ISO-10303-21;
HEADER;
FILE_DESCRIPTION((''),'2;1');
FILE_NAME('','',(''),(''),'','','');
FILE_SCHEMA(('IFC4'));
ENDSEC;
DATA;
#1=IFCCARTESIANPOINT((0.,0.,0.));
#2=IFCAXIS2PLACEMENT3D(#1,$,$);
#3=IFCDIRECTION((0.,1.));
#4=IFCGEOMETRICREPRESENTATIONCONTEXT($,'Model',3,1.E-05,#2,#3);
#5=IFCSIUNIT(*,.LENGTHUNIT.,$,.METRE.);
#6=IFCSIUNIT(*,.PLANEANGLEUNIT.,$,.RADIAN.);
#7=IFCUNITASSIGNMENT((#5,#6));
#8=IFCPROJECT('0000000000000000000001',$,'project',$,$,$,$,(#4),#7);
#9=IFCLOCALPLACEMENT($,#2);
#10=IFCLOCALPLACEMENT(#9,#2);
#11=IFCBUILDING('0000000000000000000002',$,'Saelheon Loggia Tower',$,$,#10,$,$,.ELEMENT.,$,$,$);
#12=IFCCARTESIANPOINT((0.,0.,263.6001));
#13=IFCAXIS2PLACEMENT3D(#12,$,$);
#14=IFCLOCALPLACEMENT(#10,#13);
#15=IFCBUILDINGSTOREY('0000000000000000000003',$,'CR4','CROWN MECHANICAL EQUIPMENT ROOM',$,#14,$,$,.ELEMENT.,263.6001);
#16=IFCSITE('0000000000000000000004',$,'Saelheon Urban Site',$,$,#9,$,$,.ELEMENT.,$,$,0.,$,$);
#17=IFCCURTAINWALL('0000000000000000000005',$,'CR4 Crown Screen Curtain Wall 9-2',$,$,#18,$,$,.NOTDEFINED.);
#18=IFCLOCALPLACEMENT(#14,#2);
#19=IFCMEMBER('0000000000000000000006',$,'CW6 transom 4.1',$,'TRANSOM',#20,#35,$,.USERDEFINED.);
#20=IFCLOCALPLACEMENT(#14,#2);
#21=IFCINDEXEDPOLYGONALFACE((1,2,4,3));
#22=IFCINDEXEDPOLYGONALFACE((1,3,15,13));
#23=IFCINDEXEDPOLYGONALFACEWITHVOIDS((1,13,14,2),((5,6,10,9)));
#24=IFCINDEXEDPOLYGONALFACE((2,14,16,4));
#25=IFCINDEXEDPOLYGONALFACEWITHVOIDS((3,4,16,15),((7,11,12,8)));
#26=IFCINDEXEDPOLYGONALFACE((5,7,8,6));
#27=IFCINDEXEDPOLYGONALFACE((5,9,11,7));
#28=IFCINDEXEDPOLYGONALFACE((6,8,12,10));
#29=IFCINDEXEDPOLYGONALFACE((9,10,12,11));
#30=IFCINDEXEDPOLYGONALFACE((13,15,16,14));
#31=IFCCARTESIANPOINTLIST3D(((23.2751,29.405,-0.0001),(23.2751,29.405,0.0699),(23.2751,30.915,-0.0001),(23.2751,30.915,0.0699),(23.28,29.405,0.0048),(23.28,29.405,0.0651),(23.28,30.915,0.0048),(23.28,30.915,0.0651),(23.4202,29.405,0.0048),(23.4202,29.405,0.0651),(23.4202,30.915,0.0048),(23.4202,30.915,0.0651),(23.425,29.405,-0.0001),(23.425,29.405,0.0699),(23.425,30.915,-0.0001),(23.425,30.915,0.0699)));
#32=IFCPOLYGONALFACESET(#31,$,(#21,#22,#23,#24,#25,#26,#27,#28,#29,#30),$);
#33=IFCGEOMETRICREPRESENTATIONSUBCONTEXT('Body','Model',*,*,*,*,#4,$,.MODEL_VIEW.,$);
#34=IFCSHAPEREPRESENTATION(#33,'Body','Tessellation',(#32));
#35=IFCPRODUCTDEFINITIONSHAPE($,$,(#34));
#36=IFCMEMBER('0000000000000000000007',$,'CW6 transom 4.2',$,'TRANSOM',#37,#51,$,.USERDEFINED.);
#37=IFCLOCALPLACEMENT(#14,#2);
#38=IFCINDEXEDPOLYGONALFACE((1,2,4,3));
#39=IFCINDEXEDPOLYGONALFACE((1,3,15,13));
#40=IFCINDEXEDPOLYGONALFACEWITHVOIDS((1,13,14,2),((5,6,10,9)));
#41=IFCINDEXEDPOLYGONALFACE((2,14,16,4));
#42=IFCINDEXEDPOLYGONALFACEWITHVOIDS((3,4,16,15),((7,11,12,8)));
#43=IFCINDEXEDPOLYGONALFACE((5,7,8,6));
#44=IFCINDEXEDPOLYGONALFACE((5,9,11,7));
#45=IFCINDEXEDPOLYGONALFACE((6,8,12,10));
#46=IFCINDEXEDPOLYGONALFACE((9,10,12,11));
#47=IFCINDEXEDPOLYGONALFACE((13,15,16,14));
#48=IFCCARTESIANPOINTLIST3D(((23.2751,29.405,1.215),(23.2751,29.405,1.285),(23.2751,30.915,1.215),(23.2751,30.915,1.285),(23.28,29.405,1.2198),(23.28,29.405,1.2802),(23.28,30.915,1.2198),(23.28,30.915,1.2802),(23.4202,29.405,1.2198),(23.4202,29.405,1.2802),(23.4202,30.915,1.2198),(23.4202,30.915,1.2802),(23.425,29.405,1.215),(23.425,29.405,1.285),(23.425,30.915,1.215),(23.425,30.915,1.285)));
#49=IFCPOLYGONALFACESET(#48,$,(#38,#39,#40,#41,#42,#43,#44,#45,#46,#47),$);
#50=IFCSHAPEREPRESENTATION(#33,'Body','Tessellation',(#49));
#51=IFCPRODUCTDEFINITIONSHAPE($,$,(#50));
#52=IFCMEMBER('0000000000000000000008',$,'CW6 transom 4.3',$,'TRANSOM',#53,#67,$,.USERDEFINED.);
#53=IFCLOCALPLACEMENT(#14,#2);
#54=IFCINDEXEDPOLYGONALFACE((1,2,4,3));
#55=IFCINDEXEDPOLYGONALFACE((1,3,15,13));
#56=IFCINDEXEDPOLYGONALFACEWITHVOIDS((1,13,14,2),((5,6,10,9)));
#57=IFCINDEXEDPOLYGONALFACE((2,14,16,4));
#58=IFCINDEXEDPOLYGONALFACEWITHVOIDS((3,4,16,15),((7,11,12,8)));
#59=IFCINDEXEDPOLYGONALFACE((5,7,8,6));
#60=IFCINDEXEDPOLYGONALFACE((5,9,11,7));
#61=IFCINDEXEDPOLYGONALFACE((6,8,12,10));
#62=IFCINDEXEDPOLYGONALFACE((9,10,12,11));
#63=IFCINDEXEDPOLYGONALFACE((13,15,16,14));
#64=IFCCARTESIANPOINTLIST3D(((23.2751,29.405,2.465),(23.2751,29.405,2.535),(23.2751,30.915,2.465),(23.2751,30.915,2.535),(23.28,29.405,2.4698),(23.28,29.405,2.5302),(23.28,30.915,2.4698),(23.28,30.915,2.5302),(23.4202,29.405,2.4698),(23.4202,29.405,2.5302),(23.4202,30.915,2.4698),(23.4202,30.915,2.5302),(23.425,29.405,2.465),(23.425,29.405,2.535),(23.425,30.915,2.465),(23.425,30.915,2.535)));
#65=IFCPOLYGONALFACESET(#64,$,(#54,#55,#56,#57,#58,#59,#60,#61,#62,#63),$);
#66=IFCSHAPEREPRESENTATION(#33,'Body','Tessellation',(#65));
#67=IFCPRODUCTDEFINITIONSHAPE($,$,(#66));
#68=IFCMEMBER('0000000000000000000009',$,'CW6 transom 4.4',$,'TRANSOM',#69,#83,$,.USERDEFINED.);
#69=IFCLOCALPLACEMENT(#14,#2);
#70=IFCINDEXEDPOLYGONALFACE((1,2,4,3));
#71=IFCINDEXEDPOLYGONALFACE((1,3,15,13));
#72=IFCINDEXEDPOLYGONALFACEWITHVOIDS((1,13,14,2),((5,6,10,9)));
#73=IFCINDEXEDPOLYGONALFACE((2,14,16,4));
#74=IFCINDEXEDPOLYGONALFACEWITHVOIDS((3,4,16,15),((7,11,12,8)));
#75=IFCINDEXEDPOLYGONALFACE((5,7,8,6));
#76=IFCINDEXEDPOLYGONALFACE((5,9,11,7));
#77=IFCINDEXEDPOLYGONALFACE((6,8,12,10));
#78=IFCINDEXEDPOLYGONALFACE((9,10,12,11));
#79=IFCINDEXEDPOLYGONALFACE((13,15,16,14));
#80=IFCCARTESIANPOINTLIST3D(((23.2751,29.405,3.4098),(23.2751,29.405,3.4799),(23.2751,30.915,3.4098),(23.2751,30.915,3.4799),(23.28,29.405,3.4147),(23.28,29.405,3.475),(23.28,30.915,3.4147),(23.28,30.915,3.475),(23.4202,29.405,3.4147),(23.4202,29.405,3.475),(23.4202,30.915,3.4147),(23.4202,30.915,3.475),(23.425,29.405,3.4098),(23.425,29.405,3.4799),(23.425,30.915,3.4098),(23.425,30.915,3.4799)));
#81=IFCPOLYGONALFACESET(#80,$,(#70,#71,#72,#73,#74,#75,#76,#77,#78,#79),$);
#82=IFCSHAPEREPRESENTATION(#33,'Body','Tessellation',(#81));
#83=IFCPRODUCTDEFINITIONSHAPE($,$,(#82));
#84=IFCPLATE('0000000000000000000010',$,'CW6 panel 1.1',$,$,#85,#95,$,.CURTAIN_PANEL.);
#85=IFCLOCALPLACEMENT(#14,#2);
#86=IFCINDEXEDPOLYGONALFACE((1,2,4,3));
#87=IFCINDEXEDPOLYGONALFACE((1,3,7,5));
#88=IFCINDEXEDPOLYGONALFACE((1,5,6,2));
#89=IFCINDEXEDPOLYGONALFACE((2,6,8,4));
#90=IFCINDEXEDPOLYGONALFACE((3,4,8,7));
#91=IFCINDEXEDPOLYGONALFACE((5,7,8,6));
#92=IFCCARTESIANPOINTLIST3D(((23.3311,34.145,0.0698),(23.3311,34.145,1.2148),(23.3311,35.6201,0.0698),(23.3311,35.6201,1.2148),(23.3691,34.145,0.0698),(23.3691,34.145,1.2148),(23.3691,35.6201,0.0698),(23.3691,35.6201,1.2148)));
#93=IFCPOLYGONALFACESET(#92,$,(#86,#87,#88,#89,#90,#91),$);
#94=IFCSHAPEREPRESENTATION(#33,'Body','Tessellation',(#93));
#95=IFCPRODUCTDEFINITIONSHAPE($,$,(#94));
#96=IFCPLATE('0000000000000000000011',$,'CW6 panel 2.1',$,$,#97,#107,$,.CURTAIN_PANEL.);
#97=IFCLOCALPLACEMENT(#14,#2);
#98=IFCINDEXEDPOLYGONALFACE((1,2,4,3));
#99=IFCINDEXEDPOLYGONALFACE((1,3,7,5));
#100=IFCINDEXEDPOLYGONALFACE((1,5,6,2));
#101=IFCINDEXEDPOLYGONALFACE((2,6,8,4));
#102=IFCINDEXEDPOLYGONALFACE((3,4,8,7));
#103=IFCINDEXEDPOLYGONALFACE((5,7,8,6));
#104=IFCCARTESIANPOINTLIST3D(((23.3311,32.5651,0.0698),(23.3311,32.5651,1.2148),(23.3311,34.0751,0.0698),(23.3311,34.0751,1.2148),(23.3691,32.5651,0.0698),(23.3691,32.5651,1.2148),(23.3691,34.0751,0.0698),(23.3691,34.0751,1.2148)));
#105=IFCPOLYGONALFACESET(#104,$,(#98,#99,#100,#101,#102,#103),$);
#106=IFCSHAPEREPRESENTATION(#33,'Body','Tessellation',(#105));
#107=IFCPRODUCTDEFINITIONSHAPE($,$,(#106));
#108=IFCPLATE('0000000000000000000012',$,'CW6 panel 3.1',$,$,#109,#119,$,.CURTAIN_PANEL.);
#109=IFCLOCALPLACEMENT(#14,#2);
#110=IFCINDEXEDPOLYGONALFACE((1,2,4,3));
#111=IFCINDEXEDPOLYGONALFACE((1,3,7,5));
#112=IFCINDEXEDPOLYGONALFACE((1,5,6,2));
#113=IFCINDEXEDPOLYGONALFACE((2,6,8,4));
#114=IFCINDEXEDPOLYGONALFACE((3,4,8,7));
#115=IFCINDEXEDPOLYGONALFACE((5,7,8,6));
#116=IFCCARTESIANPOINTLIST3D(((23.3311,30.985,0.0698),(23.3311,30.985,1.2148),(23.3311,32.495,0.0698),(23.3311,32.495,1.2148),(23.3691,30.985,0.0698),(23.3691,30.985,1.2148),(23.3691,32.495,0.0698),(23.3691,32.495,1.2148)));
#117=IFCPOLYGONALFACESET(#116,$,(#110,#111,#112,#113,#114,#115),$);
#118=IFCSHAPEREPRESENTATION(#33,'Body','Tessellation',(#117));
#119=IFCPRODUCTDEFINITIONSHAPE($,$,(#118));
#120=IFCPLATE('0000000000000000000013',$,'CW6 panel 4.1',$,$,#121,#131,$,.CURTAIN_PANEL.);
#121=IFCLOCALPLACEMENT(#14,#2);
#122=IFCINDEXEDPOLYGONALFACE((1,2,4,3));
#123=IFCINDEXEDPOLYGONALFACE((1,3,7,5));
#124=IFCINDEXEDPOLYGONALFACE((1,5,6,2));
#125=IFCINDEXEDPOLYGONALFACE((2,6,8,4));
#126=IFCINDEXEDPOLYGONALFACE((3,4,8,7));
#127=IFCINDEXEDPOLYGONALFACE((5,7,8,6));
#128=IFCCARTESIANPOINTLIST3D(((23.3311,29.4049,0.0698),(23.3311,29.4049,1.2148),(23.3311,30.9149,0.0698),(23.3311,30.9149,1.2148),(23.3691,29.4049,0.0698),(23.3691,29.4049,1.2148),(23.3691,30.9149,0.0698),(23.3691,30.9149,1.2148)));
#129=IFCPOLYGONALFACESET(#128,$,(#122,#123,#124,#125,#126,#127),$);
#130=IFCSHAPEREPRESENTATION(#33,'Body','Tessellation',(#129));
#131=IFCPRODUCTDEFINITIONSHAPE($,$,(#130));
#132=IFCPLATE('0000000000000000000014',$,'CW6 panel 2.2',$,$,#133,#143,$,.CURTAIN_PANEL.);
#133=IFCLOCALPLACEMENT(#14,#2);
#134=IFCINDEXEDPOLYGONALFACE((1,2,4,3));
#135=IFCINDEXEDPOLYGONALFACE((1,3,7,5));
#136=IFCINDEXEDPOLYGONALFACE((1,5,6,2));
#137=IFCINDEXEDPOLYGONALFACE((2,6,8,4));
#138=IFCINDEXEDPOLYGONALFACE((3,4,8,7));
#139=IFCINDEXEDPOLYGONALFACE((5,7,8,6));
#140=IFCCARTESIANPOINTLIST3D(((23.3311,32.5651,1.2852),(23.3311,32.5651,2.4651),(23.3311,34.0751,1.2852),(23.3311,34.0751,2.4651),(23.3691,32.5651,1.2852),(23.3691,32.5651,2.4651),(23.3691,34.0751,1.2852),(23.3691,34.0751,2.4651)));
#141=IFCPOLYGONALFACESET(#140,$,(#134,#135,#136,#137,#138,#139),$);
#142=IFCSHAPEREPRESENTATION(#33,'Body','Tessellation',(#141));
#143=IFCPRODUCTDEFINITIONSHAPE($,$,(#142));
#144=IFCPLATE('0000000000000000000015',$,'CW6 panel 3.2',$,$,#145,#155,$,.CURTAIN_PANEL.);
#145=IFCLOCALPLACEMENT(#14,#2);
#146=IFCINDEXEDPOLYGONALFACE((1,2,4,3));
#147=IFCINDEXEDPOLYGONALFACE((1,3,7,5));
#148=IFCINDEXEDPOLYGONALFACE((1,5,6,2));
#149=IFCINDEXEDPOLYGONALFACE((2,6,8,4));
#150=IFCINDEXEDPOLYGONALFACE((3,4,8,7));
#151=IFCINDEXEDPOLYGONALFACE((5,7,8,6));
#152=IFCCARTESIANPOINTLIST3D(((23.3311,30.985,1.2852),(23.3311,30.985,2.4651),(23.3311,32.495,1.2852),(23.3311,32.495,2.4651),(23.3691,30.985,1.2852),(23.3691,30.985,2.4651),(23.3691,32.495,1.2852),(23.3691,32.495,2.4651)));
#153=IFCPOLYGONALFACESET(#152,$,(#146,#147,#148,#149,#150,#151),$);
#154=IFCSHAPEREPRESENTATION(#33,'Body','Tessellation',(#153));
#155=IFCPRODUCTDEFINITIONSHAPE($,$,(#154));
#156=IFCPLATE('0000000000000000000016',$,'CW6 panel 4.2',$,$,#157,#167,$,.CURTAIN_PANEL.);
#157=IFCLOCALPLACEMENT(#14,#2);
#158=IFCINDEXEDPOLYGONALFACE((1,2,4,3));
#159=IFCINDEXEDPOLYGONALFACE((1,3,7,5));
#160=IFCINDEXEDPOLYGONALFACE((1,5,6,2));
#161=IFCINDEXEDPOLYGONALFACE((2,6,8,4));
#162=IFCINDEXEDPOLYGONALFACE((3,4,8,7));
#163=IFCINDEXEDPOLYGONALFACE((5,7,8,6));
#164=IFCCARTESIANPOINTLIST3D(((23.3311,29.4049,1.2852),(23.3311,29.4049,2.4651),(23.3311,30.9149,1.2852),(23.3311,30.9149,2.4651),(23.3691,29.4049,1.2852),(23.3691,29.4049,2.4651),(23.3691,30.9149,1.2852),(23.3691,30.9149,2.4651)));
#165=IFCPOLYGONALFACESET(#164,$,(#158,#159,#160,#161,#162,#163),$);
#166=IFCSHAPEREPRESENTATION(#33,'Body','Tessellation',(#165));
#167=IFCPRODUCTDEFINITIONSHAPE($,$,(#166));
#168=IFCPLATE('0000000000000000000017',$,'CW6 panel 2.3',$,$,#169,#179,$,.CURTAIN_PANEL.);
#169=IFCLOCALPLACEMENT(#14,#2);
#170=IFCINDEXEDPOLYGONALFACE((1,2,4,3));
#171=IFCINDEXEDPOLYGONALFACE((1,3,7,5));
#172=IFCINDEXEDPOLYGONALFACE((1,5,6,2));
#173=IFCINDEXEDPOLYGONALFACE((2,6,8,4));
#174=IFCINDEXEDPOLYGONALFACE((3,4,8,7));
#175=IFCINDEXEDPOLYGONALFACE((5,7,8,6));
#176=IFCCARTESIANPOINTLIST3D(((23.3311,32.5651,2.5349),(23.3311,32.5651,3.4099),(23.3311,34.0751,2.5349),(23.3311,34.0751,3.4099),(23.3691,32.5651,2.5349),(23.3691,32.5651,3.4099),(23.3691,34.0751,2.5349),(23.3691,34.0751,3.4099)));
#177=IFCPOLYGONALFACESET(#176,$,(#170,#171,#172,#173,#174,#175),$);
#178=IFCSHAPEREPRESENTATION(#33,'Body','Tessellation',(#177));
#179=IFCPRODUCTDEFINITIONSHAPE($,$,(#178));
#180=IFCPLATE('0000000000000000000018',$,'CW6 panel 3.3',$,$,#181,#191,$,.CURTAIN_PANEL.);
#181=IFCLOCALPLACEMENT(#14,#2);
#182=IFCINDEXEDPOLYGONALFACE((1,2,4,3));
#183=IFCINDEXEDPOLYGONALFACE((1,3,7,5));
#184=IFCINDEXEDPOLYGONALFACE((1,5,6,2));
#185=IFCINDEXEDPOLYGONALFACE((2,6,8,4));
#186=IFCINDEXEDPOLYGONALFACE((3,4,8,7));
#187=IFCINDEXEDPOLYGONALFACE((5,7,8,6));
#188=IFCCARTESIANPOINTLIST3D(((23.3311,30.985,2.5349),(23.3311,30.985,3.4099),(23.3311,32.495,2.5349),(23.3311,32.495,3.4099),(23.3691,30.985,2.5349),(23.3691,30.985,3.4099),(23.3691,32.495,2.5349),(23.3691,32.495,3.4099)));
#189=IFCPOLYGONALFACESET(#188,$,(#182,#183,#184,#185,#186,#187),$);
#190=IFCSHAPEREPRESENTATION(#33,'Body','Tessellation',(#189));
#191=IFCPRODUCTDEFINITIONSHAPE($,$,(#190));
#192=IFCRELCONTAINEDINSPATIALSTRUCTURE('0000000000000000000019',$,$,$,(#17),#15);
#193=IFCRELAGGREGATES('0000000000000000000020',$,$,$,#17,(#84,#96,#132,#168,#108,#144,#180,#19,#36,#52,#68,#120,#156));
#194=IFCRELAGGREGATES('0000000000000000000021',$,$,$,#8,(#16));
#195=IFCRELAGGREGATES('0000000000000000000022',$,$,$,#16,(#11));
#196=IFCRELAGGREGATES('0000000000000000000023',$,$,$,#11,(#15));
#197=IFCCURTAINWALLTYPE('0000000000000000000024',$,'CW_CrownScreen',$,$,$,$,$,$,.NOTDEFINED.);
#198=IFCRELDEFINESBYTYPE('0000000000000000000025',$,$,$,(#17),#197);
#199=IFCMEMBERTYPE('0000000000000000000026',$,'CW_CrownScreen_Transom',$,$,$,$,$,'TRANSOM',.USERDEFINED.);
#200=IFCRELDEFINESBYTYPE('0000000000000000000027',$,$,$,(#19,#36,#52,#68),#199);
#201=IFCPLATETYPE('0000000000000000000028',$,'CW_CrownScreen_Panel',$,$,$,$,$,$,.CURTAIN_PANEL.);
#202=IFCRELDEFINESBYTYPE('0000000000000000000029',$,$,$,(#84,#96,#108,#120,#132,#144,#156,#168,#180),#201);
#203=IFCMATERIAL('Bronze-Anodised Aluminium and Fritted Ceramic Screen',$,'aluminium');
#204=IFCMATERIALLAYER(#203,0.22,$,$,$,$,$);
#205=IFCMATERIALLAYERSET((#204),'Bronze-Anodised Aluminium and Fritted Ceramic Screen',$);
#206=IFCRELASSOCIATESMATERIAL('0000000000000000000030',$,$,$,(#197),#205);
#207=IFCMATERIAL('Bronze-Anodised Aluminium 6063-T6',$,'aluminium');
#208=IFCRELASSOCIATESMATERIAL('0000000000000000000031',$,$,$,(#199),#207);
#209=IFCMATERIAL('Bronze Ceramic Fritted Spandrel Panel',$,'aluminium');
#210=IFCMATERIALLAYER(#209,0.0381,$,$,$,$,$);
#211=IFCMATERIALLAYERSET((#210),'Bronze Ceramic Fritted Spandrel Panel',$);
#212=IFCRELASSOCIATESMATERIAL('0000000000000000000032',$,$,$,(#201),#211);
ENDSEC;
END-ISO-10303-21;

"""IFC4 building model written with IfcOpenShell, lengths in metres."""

from ifc_helpers import new_model, si_unit, direction, frame, origin, origin_2d, place, context, subcontext, project, spatial, rectangle, hollow_rectangle, extrude, source, transform, mapped, material, layer, layer_set, material_profile, profile_set, type_object, element, aggregate, save


model = new_model("IFC4")

# Units and contexts
model_context = context("Model", 3, precision=1e-05, world=origin(), true_north=direction((0.0, 1.0)))
body_context = subcontext(model_context, "Body", "Model", "MODEL_VIEW")
ifc_project = project(units=[si_unit("LENGTHUNIT", "METRE"), si_unit("PLANEANGLEUNIT", "RADIAN")], contexts=[model_context])

# Site, building, storey
site_placement = place(None, origin())
site = spatial("IfcSite", under=ifc_project, at=site_placement, Name="Saelheon Urban Site", CompositionType="ELEMENT", RefElevation=0.0)
building_placement = place(site_placement, origin())
building = spatial("IfcBuilding", under=site, at=building_placement, Name="Saelheon Loggia Tower", CompositionType="ELEMENT")
storey_placement = place(building_placement, frame((0.0, 0.0, 263.6001)))
storey = spatial("IfcBuildingStorey", under=building, at=storey_placement, Name="CR4", Description="CROWN MECHANICAL EQUIPMENT ROOM", CompositionType="ELEMENT", Elevation=263.6001)

# Curtain wall, members, plates
ifc_material_1 = material(Name="Bronze-Anodised Aluminium and Fritted Ceramic Screen", Category="aluminium")
ifc_layer_1 = layer(ifc_material_1, 0.22)
ifc_layer_set_1 = layer_set([ifc_layer_1], Name="Bronze-Anodised Aluminium and Fritted Ceramic Screen")
curtain_wall_type = type_object("IfcCurtainWallType", Name="CW_CrownScreen", PredefinedType="NOTDEFINED", material=ifc_layer_set_1)
curtain_wall_placement = place(storey_placement, origin())
curtain_wall = element("IfcCurtainWall", 1, at=curtain_wall_placement, inside=storey, type_object=curtain_wall_type, Name="CR4 Crown Screen Curtain Wall 9-2", PredefinedType="NOTDEFINED")
ifc_material_2 = material(Name="Bronze-Anodised Aluminium 6063-T6", Category="aluminium")
ifc_material_profile_1 = material_profile(ifc_material_2, hollow_rectangle(XDim=0.0701, YDim=0.1499, WallThickness=0.0049, at=origin_2d()), Name="RHS-150x70x5")
ifc_profile_set_1 = profile_set([ifc_material_profile_1], Name="Bronze-Anodised Aluminium 6063-T6")
member_type_1 = type_object("IfcMemberType", Name="CW_CrownScreen_Transom", ElementType="TRANSOM", PredefinedType="USERDEFINED", material=ifc_profile_set_1)
shared_shape_1 = source(origin(), body_context, "Body", "SweptSolid", [
    extrude(hollow_rectangle(XDim=0.0701, YDim=0.1499, WallThickness=0.0049, at=origin_2d()), origin(), (0.0, 0.0, 1.0), 1.51),
])
member_1_placement = place(storey_placement, frame((23.3501, 30.915, 0.0349), z_axis=(0.0, -1.0, 0.0), x_axis=(0.0, 0.0, 1.0)))
member_1 = element("IfcMember", 2, at=member_1_placement, type_object=member_type_1, Name="CW6 transom 4.1", ObjectType="TRANSOM", PredefinedType="USERDEFINED", context=body_context, shape_type="MappedRepresentation", body=[
    mapped(shared_shape_1, transform((0.0, 0.0, 0.0), scale=1.0)),
])
member_2_placement = place(storey_placement, frame((23.3501, 30.915, 1.25), z_axis=(0.0, -1.0, 0.0), x_axis=(0.0, 0.0, 1.0)))
member_2 = element("IfcMember", 3, at=member_2_placement, type_object=member_type_1, Name="CW6 transom 4.2", ObjectType="TRANSOM", PredefinedType="USERDEFINED", context=body_context, shape_type="MappedRepresentation", body=[
    mapped(shared_shape_1, transform((0.0, 0.0, 0.0), scale=1.0)),
])
member_3_placement = place(storey_placement, frame((23.3501, 30.915, 2.5), z_axis=(0.0, -1.0, 0.0), x_axis=(0.0, 0.0, 1.0)))
member_3 = element("IfcMember", 4, at=member_3_placement, type_object=member_type_1, Name="CW6 transom 4.3", ObjectType="TRANSOM", PredefinedType="USERDEFINED", context=body_context, shape_type="MappedRepresentation", body=[
    mapped(shared_shape_1, transform((0.0, 0.0, 0.0), scale=1.0)),
])
member_4_placement = place(storey_placement, frame((23.3501, 30.915, 3.4448), z_axis=(0.0, -1.0, 0.0), x_axis=(0.0, 0.0, 1.0)))
member_4 = element("IfcMember", 5, at=member_4_placement, type_object=member_type_1, Name="CW6 transom 4.4", ObjectType="TRANSOM", PredefinedType="USERDEFINED", context=body_context, shape_type="MappedRepresentation", body=[
    mapped(shared_shape_1, transform((0.0, 0.0, 0.0), scale=1.0)),
])
ifc_material_3 = material(Name="Bronze Ceramic Fritted Spandrel Panel", Category="aluminium")
ifc_layer_2 = layer(ifc_material_3, 0.0381)
ifc_layer_set_2 = layer_set([ifc_layer_2], Name="Bronze Ceramic Fritted Spandrel Panel")
plate_type = type_object("IfcPlateType", Name="CW_CrownScreen_Panel", PredefinedType="CURTAIN_PANEL", material=ifc_layer_set_2)
shared_shape_2 = source(origin(), body_context, "Body", "SweptSolid", [
    extrude(rectangle(XDim=1.4751, YDim=0.0381, at=origin_2d()), origin(), (0.0, 0.0, 1.0), 1.145),
])
plate_1_placement = place(storey_placement, frame((23.3501, 34.8826, 0.0698), z_axis=(0.0, 0.0, 1.0), x_axis=(0.0, -1.0, 0.0)))
plate_1 = element("IfcPlate", 6, at=plate_1_placement, type_object=plate_type, Name="CW6 panel 1.1", PredefinedType="CURTAIN_PANEL", context=body_context, shape_type="MappedRepresentation", body=[
    mapped(shared_shape_2, transform((0.0, 0.0, 0.0), scale=1.0)),
])
shared_shape_3 = source(origin(), body_context, "Body", "SweptSolid", [
    extrude(rectangle(XDim=1.51, YDim=0.0381, at=origin_2d()), origin(), (0.0, 0.0, 1.0), 1.145),
])
plate_2_placement = place(storey_placement, frame((23.3501, 33.3201, 0.0698), z_axis=(0.0, 0.0, 1.0), x_axis=(0.0, -1.0, 0.0)))
plate_2 = element("IfcPlate", 7, at=plate_2_placement, type_object=plate_type, Name="CW6 panel 2.1", PredefinedType="CURTAIN_PANEL", context=body_context, shape_type="MappedRepresentation", body=[
    mapped(shared_shape_3, transform((0.0, 0.0, 0.0), scale=1.0)),
])
plate_3_placement = place(storey_placement, frame((23.3501, 31.74, 0.0698), z_axis=(0.0, 0.0, 1.0), x_axis=(0.0, -1.0, 0.0)))
plate_3 = element("IfcPlate", 8, at=plate_3_placement, type_object=plate_type, Name="CW6 panel 3.1", PredefinedType="CURTAIN_PANEL", context=body_context, shape_type="MappedRepresentation", body=[
    mapped(shared_shape_3, transform((0.0, 0.0, 0.0), scale=1.0)),
])
plate_4_placement = place(storey_placement, frame((23.3501, 30.1599, 0.0698), z_axis=(0.0, 0.0, 1.0), x_axis=(0.0, -1.0, 0.0)))
plate_4 = element("IfcPlate", 9, at=plate_4_placement, type_object=plate_type, Name="CW6 panel 4.1", PredefinedType="CURTAIN_PANEL", context=body_context, shape_type="MappedRepresentation", body=[
    mapped(shared_shape_3, transform((0.0, 0.0, 0.0), scale=1.0)),
])
shared_shape_4 = source(origin(), body_context, "Body", "SweptSolid", [
    extrude(rectangle(XDim=1.51, YDim=0.0381, at=origin_2d()), origin(), (0.0, 0.0, 1.0), 1.1799),
])
plate_5_placement = place(storey_placement, frame((23.3501, 33.3201, 1.2852), z_axis=(0.0, 0.0, 1.0), x_axis=(0.0, -1.0, 0.0)))
plate_5 = element("IfcPlate", 10, at=plate_5_placement, type_object=plate_type, Name="CW6 panel 2.2", PredefinedType="CURTAIN_PANEL", context=body_context, shape_type="MappedRepresentation", body=[
    mapped(shared_shape_4, transform((0.0, 0.0, 0.0), scale=1.0)),
])
plate_6_placement = place(storey_placement, frame((23.3501, 31.74, 1.2852), z_axis=(0.0, 0.0, 1.0), x_axis=(0.0, -1.0, 0.0)))
plate_6 = element("IfcPlate", 11, at=plate_6_placement, type_object=plate_type, Name="CW6 panel 3.2", PredefinedType="CURTAIN_PANEL", context=body_context, shape_type="MappedRepresentation", body=[
    mapped(shared_shape_4, transform((0.0, 0.0, 0.0), scale=1.0)),
])
plate_7_placement = place(storey_placement, frame((23.3501, 30.1599, 1.2852), z_axis=(0.0, 0.0, 1.0), x_axis=(0.0, -1.0, 0.0)))
plate_7 = element("IfcPlate", 12, at=plate_7_placement, type_object=plate_type, Name="CW6 panel 4.2", PredefinedType="CURTAIN_PANEL", context=body_context, shape_type="MappedRepresentation", body=[
    mapped(shared_shape_4, transform((0.0, 0.0, 0.0), scale=1.0)),
])
shared_shape_5 = source(origin(), body_context, "Body", "SweptSolid", [
    extrude(rectangle(XDim=1.51, YDim=0.0381, at=origin_2d()), origin(), (0.0, 0.0, 1.0), 0.875),
])
plate_8_placement = place(storey_placement, frame((23.3501, 33.3201, 2.5349), z_axis=(0.0, 0.0, 1.0), x_axis=(0.0, -1.0, 0.0)))
plate_8 = element("IfcPlate", 13, at=plate_8_placement, type_object=plate_type, Name="CW6 panel 2.3", PredefinedType="CURTAIN_PANEL", context=body_context, shape_type="MappedRepresentation", body=[
    mapped(shared_shape_5, transform((0.0, 0.0, 0.0), scale=1.0)),
])
plate_9_placement = place(storey_placement, frame((23.3501, 31.74, 2.5349), z_axis=(0.0, 0.0, 1.0), x_axis=(0.0, -1.0, 0.0)))
plate_9 = element("IfcPlate", 14, at=plate_9_placement, type_object=plate_type, Name="CW6 panel 3.3", PredefinedType="CURTAIN_PANEL", context=body_context, shape_type="MappedRepresentation", body=[
    mapped(shared_shape_5, transform((0.0, 0.0, 0.0), scale=1.0)),
])
aggregate(curtain_wall, [plate_1, plate_2, plate_5, plate_8, plate_3, plate_6, plate_9, member_1, member_2, member_3, member_4, plate_4, plate_7])

save(model, "model.ifc")
